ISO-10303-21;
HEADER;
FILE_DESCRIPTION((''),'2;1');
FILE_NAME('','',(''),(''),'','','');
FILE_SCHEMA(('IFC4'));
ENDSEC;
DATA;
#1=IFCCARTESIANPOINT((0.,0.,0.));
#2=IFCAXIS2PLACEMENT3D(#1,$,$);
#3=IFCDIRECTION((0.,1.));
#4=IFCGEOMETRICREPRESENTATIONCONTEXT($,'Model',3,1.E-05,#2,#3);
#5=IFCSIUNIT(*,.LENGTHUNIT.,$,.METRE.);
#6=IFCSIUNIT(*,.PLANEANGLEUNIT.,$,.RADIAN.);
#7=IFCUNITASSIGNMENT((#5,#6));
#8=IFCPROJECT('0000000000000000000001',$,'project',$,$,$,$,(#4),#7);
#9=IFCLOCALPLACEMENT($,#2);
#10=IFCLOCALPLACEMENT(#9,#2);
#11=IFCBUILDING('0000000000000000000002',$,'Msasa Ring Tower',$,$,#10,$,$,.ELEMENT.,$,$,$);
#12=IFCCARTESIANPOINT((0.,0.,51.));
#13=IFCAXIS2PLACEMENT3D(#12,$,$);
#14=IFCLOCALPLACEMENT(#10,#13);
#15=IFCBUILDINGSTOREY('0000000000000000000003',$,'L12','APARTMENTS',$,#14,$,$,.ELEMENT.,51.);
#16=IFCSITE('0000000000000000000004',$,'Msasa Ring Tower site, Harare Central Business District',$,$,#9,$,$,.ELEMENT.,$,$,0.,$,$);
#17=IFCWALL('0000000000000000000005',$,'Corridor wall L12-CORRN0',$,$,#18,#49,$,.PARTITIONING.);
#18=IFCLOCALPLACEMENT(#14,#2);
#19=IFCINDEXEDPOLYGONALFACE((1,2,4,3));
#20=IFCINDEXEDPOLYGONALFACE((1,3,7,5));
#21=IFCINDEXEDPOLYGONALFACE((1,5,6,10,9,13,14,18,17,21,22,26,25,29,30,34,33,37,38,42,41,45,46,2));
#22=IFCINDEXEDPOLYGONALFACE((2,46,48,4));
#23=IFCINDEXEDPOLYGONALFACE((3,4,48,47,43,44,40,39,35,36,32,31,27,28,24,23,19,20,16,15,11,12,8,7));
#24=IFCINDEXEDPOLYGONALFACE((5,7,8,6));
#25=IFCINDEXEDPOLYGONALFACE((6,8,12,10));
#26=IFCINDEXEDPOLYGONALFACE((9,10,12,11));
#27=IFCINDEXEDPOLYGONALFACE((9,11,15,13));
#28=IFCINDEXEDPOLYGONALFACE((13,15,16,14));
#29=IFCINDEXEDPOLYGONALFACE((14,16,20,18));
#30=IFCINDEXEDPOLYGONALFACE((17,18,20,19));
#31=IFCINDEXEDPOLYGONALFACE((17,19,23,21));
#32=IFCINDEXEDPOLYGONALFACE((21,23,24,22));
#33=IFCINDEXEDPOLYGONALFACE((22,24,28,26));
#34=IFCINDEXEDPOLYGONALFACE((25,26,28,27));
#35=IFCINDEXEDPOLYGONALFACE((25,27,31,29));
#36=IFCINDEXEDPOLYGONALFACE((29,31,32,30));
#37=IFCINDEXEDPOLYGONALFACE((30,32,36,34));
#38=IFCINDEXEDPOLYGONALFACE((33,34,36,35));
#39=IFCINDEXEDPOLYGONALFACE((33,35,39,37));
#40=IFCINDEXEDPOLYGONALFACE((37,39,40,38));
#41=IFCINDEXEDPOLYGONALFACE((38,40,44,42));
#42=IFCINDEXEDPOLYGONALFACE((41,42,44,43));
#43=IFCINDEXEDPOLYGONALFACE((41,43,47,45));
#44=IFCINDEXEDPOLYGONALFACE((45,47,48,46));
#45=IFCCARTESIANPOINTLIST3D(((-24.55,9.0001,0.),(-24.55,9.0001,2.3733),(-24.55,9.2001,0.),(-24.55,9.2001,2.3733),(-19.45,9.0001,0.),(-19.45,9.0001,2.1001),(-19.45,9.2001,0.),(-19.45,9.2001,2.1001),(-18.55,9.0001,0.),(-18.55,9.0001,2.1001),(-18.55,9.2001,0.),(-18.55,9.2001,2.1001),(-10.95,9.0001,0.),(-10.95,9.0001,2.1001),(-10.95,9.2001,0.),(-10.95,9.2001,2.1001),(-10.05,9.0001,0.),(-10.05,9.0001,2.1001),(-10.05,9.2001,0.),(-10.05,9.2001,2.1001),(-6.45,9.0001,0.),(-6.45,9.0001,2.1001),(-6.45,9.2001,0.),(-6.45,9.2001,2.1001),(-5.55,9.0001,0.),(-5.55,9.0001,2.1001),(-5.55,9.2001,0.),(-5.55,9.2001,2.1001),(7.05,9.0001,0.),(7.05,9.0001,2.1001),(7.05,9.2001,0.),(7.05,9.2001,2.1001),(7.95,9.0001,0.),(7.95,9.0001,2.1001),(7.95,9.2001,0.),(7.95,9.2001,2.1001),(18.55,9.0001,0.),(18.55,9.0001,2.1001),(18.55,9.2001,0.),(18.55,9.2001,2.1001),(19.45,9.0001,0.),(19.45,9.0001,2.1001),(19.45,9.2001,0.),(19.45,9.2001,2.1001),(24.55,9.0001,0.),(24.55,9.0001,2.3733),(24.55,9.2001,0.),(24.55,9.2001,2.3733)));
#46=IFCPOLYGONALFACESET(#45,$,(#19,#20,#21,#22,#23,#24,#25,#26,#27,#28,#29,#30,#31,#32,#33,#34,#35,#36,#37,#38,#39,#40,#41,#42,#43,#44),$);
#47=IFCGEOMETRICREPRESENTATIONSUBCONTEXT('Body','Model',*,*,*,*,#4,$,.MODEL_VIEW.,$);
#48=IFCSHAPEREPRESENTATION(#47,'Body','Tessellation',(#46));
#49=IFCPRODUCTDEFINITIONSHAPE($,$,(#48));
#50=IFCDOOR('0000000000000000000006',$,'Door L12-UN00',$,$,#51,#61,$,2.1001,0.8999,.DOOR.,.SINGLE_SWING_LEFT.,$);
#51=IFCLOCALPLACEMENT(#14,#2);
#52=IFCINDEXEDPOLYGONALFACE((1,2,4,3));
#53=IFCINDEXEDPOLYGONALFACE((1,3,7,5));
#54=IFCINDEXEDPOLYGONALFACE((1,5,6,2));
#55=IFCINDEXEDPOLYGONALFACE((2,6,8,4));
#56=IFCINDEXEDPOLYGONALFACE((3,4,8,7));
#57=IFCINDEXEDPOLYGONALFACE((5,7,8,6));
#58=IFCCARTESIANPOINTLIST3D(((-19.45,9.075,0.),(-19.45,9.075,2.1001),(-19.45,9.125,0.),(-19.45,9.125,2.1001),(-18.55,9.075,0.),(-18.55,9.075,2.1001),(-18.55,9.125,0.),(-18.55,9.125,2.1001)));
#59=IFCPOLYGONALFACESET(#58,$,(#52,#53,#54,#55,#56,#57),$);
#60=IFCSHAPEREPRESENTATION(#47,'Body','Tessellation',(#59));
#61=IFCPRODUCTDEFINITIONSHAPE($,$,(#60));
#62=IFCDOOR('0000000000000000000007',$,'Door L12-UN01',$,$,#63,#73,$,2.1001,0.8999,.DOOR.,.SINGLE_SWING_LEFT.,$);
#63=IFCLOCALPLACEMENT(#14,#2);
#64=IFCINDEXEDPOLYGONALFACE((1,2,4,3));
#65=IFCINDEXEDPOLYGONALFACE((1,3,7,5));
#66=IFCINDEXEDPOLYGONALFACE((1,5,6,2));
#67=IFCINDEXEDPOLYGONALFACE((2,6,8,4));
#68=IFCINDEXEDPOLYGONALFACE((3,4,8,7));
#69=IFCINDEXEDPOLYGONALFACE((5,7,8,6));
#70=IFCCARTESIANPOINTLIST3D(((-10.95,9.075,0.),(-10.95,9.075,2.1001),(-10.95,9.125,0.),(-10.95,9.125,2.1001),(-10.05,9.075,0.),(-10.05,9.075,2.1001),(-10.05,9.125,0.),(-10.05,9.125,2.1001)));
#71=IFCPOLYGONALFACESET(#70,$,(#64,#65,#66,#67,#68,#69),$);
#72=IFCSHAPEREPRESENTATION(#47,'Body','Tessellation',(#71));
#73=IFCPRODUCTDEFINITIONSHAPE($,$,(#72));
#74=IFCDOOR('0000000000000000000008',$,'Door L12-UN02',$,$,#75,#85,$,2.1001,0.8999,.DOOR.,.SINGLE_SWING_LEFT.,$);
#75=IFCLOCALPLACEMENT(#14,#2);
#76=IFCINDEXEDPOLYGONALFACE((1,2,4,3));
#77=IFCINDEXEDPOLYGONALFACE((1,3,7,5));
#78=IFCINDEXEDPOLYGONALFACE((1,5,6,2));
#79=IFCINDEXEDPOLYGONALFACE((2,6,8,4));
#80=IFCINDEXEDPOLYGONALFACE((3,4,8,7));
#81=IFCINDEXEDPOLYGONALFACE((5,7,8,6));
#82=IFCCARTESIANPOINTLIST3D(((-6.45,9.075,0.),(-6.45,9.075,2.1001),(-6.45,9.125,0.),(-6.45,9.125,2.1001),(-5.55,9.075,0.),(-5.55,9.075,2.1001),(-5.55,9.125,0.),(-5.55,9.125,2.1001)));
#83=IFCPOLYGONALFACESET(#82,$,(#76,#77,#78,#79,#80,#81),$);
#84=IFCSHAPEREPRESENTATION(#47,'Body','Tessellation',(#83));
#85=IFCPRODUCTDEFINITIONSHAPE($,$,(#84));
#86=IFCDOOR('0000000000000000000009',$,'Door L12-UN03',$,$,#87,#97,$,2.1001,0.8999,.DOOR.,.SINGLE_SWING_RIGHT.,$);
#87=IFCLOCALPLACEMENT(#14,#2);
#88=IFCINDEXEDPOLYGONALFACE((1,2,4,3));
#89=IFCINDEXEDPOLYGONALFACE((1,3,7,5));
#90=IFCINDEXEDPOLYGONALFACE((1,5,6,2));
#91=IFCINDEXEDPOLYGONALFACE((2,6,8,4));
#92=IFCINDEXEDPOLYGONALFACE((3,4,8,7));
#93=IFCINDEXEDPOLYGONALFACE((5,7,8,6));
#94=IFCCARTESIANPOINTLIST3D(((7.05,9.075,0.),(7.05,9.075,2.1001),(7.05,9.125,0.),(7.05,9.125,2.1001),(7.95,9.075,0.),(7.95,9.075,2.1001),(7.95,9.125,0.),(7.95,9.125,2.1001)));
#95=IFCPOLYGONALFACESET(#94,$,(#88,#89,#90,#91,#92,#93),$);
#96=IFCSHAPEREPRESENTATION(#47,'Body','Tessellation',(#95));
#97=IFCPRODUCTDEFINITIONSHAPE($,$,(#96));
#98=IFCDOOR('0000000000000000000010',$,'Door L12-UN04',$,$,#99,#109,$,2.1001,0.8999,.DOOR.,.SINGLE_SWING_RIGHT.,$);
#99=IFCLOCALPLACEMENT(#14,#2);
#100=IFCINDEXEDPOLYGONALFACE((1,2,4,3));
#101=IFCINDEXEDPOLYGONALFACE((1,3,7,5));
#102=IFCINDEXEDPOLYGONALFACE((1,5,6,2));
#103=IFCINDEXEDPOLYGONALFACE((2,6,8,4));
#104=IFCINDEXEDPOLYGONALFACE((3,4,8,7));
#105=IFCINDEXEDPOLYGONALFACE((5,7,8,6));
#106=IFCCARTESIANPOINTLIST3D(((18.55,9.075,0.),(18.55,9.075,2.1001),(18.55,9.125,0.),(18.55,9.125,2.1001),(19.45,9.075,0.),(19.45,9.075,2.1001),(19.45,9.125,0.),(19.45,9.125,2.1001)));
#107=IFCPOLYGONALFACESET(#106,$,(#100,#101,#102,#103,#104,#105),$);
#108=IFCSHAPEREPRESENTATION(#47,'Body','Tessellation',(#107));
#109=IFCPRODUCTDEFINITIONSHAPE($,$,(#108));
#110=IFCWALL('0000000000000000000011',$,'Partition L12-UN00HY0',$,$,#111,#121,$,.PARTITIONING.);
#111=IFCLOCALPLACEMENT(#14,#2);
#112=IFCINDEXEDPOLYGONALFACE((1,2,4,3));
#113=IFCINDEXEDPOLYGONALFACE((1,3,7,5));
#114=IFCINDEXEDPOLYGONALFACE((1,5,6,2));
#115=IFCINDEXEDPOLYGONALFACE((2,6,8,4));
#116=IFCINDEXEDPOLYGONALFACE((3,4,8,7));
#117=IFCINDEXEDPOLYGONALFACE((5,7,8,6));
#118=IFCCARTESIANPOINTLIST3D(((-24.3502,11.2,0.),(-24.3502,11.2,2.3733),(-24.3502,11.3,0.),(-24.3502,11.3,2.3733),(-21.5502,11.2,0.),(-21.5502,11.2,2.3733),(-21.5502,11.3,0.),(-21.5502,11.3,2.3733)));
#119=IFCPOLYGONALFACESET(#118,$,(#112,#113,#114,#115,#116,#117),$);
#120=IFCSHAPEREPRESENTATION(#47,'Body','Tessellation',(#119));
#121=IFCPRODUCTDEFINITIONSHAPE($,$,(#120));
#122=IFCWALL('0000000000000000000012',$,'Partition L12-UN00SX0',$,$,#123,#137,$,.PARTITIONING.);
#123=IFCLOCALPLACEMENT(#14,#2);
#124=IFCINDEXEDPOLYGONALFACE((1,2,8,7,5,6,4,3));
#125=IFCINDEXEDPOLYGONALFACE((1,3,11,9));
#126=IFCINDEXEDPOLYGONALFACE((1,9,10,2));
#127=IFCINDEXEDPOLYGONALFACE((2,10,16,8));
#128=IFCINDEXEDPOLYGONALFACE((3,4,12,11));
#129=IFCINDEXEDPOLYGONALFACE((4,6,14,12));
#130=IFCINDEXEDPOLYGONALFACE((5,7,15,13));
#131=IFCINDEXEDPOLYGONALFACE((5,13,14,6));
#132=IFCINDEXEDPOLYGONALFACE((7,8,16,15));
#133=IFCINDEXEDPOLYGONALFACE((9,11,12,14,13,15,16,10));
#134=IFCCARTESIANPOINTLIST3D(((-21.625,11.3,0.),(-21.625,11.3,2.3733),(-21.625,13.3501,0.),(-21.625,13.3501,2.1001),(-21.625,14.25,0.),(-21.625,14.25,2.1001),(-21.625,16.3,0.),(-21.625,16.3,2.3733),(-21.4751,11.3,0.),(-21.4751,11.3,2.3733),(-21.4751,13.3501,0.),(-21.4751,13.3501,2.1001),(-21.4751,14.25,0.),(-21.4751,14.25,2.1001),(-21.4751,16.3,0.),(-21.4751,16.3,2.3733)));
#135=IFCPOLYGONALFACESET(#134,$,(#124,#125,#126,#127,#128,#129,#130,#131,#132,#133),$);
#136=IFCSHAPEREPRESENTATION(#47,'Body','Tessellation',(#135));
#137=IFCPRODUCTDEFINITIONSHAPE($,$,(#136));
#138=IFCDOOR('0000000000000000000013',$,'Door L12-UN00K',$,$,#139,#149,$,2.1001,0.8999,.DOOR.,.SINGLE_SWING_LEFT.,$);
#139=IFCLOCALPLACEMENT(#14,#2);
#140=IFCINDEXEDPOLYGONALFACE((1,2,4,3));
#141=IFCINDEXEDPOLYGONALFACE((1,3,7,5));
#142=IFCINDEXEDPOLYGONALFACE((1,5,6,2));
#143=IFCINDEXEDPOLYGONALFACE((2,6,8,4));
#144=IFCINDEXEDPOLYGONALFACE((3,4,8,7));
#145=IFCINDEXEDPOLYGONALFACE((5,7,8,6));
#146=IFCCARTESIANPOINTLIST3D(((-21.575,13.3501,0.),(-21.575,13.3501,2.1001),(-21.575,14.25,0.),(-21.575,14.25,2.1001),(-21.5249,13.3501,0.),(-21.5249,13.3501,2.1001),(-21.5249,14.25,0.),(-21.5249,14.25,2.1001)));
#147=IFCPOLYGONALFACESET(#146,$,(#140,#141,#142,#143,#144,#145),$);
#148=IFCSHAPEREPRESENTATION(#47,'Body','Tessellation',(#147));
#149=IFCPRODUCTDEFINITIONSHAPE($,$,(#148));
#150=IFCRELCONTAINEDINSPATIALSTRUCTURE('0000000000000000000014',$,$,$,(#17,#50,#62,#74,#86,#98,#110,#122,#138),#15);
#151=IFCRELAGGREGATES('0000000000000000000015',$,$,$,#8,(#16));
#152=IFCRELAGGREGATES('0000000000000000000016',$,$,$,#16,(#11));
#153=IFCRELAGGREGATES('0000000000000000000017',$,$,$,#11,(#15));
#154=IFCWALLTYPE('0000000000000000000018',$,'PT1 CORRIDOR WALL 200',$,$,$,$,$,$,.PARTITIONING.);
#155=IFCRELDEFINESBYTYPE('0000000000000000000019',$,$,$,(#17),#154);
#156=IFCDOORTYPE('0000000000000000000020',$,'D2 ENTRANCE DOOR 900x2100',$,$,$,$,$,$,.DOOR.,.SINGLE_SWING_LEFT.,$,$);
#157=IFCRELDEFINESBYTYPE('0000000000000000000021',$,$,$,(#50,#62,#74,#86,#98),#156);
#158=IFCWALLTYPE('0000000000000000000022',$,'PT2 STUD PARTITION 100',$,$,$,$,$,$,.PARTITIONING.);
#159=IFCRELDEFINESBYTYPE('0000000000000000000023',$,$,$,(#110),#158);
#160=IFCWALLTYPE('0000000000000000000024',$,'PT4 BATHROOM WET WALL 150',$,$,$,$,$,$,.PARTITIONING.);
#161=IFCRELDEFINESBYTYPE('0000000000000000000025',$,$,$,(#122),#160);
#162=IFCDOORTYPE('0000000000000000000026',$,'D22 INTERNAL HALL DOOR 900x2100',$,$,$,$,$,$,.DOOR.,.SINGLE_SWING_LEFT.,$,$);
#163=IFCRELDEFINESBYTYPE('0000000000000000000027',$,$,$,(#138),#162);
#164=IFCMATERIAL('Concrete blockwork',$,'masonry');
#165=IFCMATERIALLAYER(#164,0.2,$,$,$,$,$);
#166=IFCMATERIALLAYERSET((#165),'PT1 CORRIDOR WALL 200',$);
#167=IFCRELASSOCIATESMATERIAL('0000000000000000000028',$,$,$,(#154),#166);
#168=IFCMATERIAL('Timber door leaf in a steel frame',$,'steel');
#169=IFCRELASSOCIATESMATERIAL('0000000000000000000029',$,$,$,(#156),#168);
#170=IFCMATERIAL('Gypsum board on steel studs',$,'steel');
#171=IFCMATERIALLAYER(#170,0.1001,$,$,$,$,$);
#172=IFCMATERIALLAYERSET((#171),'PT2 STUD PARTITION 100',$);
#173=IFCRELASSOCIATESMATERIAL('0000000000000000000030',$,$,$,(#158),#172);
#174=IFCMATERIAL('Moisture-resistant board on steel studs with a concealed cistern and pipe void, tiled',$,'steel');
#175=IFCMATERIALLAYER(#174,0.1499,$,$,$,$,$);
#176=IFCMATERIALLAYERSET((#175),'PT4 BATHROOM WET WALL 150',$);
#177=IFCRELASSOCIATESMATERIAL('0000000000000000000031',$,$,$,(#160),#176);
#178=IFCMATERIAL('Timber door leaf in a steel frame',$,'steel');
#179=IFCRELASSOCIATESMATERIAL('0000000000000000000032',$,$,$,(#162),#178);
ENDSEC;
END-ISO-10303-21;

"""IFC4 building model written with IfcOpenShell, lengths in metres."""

from ifc_helpers import new_model, si_unit, direction, frame, frame_2d, origin, place, context, subcontext, project, spatial, rectangle, extrude, material, layer, layer_set, type_object, element, fill, save


model = new_model("IFC4")

# Units and contexts
model_context = context("Model", 3, precision=1e-05, world=origin(), true_north=direction((0.0, 1.0)))
body_context = subcontext(model_context, "Body", "Model", "MODEL_VIEW")
ifc_project = project(units=[si_unit("LENGTHUNIT", "METRE"), si_unit("PLANEANGLEUNIT", "RADIAN")], contexts=[model_context])

# Site, building, storey
site_placement = place(None, origin())
site = spatial("IfcSite", under=ifc_project, at=site_placement, Name="Msasa Ring Tower site, Harare Central Business District", CompositionType="ELEMENT", RefElevation=0.0)
building_placement = place(site_placement, origin())
building = spatial("IfcBuilding", under=site, at=building_placement, Name="Msasa Ring Tower", CompositionType="ELEMENT")
storey_placement = place(building_placement, frame((0.0, 0.0, 51.0)))
storey = spatial("IfcBuildingStorey", under=building, at=storey_placement, Name="L12", Description="APARTMENTS", CompositionType="ELEMENT", Elevation=51.0)

# Wall, openings, doors
ifc_material_1 = material(Name="Concrete blockwork", Category="masonry")
ifc_layer_1 = layer(ifc_material_1, 0.2)
ifc_layer_set_1 = layer_set([ifc_layer_1], Name="PT1 CORRIDOR WALL 200")
wall_type_1 = type_object("IfcWallType", Name="PT1 CORRIDOR WALL 200", PredefinedType="PARTITIONING", material=ifc_layer_set_1)
wall_1_placement = place(storey_placement, frame((-24.55, 9.1001, 0.0), z_axis=(0.0, 0.0, 1.0), x_axis=(1.0, 0.0, 0.0)))
wall_1 = element("IfcWall", 1, at=wall_1_placement, inside=storey, type_object=wall_type_1, Name="Corridor wall L12-CORRN0", PredefinedType="PARTITIONING", context=body_context, shape_type="SweptSolid", body=[
    extrude(rectangle(XDim=49.1001, YDim=0.2, at=frame_2d((24.55, 0.0))), origin(), (0.0, 0.0, 1.0), 2.3733),
])
opening_1_placement = place(wall_1_placement, frame((5.1001, 0.0, 0.0)))
opening_1 = element("IfcOpeningElement", 2, at=opening_1_placement, cuts=wall_1, PredefinedType="OPENING", context=body_context, shape_type="SweptSolid", body=[
    extrude(rectangle(XDim=0.8999, YDim=2.1001, at=frame_2d((0.45, 1.05))), frame((0.0, 0.1099, 0.0), z_axis=(0.0, -1.0, 0.0), x_axis=(1.0, 0.0, 0.0)), (0.0, 0.0, 1.0), 0.22),
])
opening_2_placement = place(wall_1_placement, frame((13.6001, 0.0, 0.0)))
opening_2 = element("IfcOpeningElement", 3, at=opening_2_placement, cuts=wall_1, PredefinedType="OPENING", context=body_context, shape_type="SweptSolid", body=[
    extrude(rectangle(XDim=0.8999, YDim=2.1001, at=frame_2d((0.45, 1.05))), frame((0.0, 0.1099, 0.0), z_axis=(0.0, -1.0, 0.0), x_axis=(1.0, 0.0, 0.0)), (0.0, 0.0, 1.0), 0.22),
])
opening_3_placement = place(wall_1_placement, frame((18.1001, 0.0, 0.0)))
opening_3 = element("IfcOpeningElement", 4, at=opening_3_placement, cuts=wall_1, PredefinedType="OPENING", context=body_context, shape_type="SweptSolid", body=[
    extrude(rectangle(XDim=0.8999, YDim=2.1001, at=frame_2d((0.45, 1.05))), frame((0.0, 0.1099, 0.0), z_axis=(0.0, -1.0, 0.0), x_axis=(1.0, 0.0, 0.0)), (0.0, 0.0, 1.0), 0.22),
])
opening_4_placement = place(wall_1_placement, frame((31.6001, 0.0, 0.0)))
opening_4 = element("IfcOpeningElement", 5, at=opening_4_placement, cuts=wall_1, PredefinedType="OPENING", context=body_context, shape_type="SweptSolid", body=[
    extrude(rectangle(XDim=0.8999, YDim=2.1001, at=frame_2d((0.45, 1.05))), frame((0.0, 0.1099, 0.0), z_axis=(0.0, -1.0, 0.0), x_axis=(1.0, 0.0, 0.0)), (0.0, 0.0, 1.0), 0.22),
])
opening_5_placement = place(wall_1_placement, frame((43.1001, 0.0, 0.0)))
opening_5 = element("IfcOpeningElement", 6, at=opening_5_placement, cuts=wall_1, PredefinedType="OPENING", context=body_context, shape_type="SweptSolid", body=[
    extrude(rectangle(XDim=0.8999, YDim=2.1001, at=frame_2d((0.45, 1.05))), frame((0.0, 0.1099, 0.0), z_axis=(0.0, -1.0, 0.0), x_axis=(1.0, 0.0, 0.0)), (0.0, 0.0, 1.0), 0.22),
])
ifc_material_2 = material(Name="Timber door leaf in a steel frame", Category="steel")
door_type_1 = type_object("IfcDoorType", Name="D2 ENTRANCE DOOR 900x2100", OperationType="SINGLE_SWING_LEFT", PredefinedType="DOOR", material=ifc_material_2)
door_1_placement = place(opening_1_placement, origin())
door_1 = element("IfcDoor", 7, at=door_1_placement, inside=storey, type_object=door_type_1, Name="Door L12-UN00", OperationType="SINGLE_SWING_LEFT", OverallHeight=2.1001, OverallWidth=0.8999, PredefinedType="DOOR", context=body_context, shape_type="SweptSolid", body=[
    extrude(rectangle(XDim=0.8999, YDim=2.1001, at=frame_2d((0.45, 1.05))), frame((0.0, 0.0249, 0.0), z_axis=(0.0, -1.0, 0.0), x_axis=(1.0, 0.0, 0.0)), (0.0, 0.0, 1.0), 0.05),
])
fill(opening_1, door_1)
door_2_placement = place(opening_2_placement, origin())
door_2 = element("IfcDoor", 8, at=door_2_placement, inside=storey, type_object=door_type_1, Name="Door L12-UN01", OperationType="SINGLE_SWING_LEFT", OverallHeight=2.1001, OverallWidth=0.8999, PredefinedType="DOOR", context=body_context, shape_type="SweptSolid", body=[
    extrude(rectangle(XDim=0.8999, YDim=2.1001, at=frame_2d((0.45, 1.05))), frame((0.0, 0.0249, 0.0), z_axis=(0.0, -1.0, 0.0), x_axis=(1.0, 0.0, 0.0)), (0.0, 0.0, 1.0), 0.05),
])
fill(opening_2, door_2)
door_3_placement = place(opening_3_placement, origin())
door_3 = element("IfcDoor", 9, at=door_3_placement, inside=storey, type_object=door_type_1, Name="Door L12-UN02", OperationType="SINGLE_SWING_LEFT", OverallHeight=2.1001, OverallWidth=0.8999, PredefinedType="DOOR", context=body_context, shape_type="SweptSolid", body=[
    extrude(rectangle(XDim=0.8999, YDim=2.1001, at=frame_2d((0.45, 1.05))), frame((0.0, 0.0249, 0.0), z_axis=(0.0, -1.0, 0.0), x_axis=(1.0, 0.0, 0.0)), (0.0, 0.0, 1.0), 0.05),
])
fill(opening_3, door_3)
door_4_placement = place(opening_4_placement, origin())
door_4 = element("IfcDoor", 10, at=door_4_placement, inside=storey, type_object=door_type_1, Name="Door L12-UN03", OperationType="SINGLE_SWING_RIGHT", OverallHeight=2.1001, OverallWidth=0.8999, PredefinedType="DOOR", context=body_context, shape_type="SweptSolid", body=[
    extrude(rectangle(XDim=0.8999, YDim=2.1001, at=frame_2d((0.45, 1.05))), frame((0.0, 0.0249, 0.0), z_axis=(0.0, -1.0, 0.0), x_axis=(1.0, 0.0, 0.0)), (0.0, 0.0, 1.0), 0.05),
])
fill(opening_4, door_4)
door_5_placement = place(opening_5_placement, origin())
door_5 = element("IfcDoor", 11, at=door_5_placement, inside=storey, type_object=door_type_1, Name="Door L12-UN04", OperationType="SINGLE_SWING_RIGHT", OverallHeight=2.1001, OverallWidth=0.8999, PredefinedType="DOOR", context=body_context, shape_type="SweptSolid", body=[
    extrude(rectangle(XDim=0.8999, YDim=2.1001, at=frame_2d((0.45, 1.05))), frame((0.0, 0.0249, 0.0), z_axis=(0.0, -1.0, 0.0), x_axis=(1.0, 0.0, 0.0)), (0.0, 0.0, 1.0), 0.05),
])
fill(opening_5, door_5)

# Wall
ifc_material_3 = material(Name="Gypsum board on steel studs", Category="steel")
ifc_layer_2 = layer(ifc_material_3, 0.1001)
ifc_layer_set_2 = layer_set([ifc_layer_2], Name="PT2 STUD PARTITION 100")
wall_type_2 = type_object("IfcWallType", Name="PT2 STUD PARTITION 100", PredefinedType="PARTITIONING", material=ifc_layer_set_2)
wall_2_placement = place(storey_placement, frame((-24.3501, 11.25, 0.0), z_axis=(0.0, 0.0, 1.0), x_axis=(1.0, 0.0, 0.0)))
element("IfcWall", 12, at=wall_2_placement, inside=storey, type_object=wall_type_2, Name="Partition L12-UN00HY0", PredefinedType="PARTITIONING", context=body_context, shape_type="SweptSolid", body=[
    extrude(rectangle(XDim=2.8, YDim=0.1001, at=frame_2d((1.3999, 0.0))), origin(), (0.0, 0.0, 1.0), 2.3733),
])

# Wall, opening, door
ifc_material_4 = material(Name="Moisture-resistant board on steel studs with a concealed cistern and pipe void, tiled", Category="steel")
ifc_layer_3 = layer(ifc_material_4, 0.1499)
ifc_layer_set_3 = layer_set([ifc_layer_3], Name="PT4 BATHROOM WET WALL 150")
wall_type_3 = type_object("IfcWallType", Name="PT4 BATHROOM WET WALL 150", PredefinedType="PARTITIONING", material=ifc_layer_set_3)
wall_3_placement = place(storey_placement, frame((-21.55, 11.3, 0.0), z_axis=(0.0, 0.0, 1.0), x_axis=(0.0, 1.0, 0.0)))
wall_3 = element("IfcWall", 13, at=wall_3_placement, inside=storey, type_object=wall_type_3, Name="Partition L12-UN00SX0", PredefinedType="PARTITIONING", context=body_context, shape_type="SweptSolid", body=[
    extrude(rectangle(XDim=5.0, YDim=0.1499, at=frame_2d((2.5, 0.0))), origin(), (0.0, 0.0, 1.0), 2.3733),
])
opening_6_placement = place(wall_3_placement, frame((2.05, 0.0, 0.0)))
opening_6 = element("IfcOpeningElement", 14, at=opening_6_placement, cuts=wall_3, PredefinedType="OPENING", context=body_context, shape_type="SweptSolid", body=[
    extrude(rectangle(XDim=0.8999, YDim=2.1001, at=frame_2d((0.45, 1.05))), frame((0.0, 0.085, 0.0), z_axis=(0.0, -1.0, 0.0), x_axis=(1.0, 0.0, 0.0)), (0.0, 0.0, 1.0), 0.1699),
])
ifc_material_5 = material(Name="Timber door leaf in a steel frame", Category="steel")
door_type_2 = type_object("IfcDoorType", Name="D22 INTERNAL HALL DOOR 900x2100", OperationType="SINGLE_SWING_LEFT", PredefinedType="DOOR", material=ifc_material_5)
door_6_placement = place(opening_6_placement, origin())
door_6 = element("IfcDoor", 15, at=door_6_placement, inside=storey, type_object=door_type_2, Name="Door L12-UN00K", OperationType="SINGLE_SWING_LEFT", OverallHeight=2.1001, OverallWidth=0.8999, PredefinedType="DOOR", context=body_context, shape_type="SweptSolid", body=[
    extrude(rectangle(XDim=0.8999, YDim=2.1001, at=frame_2d((0.45, 1.05))), frame((0.0, 0.0249, 0.0), z_axis=(0.0, -1.0, 0.0), x_axis=(1.0, 0.0, 0.0)), (0.0, 0.0, 1.0), 0.05),
])
fill(opening_6, door_6)

save(model, "model.ifc")
